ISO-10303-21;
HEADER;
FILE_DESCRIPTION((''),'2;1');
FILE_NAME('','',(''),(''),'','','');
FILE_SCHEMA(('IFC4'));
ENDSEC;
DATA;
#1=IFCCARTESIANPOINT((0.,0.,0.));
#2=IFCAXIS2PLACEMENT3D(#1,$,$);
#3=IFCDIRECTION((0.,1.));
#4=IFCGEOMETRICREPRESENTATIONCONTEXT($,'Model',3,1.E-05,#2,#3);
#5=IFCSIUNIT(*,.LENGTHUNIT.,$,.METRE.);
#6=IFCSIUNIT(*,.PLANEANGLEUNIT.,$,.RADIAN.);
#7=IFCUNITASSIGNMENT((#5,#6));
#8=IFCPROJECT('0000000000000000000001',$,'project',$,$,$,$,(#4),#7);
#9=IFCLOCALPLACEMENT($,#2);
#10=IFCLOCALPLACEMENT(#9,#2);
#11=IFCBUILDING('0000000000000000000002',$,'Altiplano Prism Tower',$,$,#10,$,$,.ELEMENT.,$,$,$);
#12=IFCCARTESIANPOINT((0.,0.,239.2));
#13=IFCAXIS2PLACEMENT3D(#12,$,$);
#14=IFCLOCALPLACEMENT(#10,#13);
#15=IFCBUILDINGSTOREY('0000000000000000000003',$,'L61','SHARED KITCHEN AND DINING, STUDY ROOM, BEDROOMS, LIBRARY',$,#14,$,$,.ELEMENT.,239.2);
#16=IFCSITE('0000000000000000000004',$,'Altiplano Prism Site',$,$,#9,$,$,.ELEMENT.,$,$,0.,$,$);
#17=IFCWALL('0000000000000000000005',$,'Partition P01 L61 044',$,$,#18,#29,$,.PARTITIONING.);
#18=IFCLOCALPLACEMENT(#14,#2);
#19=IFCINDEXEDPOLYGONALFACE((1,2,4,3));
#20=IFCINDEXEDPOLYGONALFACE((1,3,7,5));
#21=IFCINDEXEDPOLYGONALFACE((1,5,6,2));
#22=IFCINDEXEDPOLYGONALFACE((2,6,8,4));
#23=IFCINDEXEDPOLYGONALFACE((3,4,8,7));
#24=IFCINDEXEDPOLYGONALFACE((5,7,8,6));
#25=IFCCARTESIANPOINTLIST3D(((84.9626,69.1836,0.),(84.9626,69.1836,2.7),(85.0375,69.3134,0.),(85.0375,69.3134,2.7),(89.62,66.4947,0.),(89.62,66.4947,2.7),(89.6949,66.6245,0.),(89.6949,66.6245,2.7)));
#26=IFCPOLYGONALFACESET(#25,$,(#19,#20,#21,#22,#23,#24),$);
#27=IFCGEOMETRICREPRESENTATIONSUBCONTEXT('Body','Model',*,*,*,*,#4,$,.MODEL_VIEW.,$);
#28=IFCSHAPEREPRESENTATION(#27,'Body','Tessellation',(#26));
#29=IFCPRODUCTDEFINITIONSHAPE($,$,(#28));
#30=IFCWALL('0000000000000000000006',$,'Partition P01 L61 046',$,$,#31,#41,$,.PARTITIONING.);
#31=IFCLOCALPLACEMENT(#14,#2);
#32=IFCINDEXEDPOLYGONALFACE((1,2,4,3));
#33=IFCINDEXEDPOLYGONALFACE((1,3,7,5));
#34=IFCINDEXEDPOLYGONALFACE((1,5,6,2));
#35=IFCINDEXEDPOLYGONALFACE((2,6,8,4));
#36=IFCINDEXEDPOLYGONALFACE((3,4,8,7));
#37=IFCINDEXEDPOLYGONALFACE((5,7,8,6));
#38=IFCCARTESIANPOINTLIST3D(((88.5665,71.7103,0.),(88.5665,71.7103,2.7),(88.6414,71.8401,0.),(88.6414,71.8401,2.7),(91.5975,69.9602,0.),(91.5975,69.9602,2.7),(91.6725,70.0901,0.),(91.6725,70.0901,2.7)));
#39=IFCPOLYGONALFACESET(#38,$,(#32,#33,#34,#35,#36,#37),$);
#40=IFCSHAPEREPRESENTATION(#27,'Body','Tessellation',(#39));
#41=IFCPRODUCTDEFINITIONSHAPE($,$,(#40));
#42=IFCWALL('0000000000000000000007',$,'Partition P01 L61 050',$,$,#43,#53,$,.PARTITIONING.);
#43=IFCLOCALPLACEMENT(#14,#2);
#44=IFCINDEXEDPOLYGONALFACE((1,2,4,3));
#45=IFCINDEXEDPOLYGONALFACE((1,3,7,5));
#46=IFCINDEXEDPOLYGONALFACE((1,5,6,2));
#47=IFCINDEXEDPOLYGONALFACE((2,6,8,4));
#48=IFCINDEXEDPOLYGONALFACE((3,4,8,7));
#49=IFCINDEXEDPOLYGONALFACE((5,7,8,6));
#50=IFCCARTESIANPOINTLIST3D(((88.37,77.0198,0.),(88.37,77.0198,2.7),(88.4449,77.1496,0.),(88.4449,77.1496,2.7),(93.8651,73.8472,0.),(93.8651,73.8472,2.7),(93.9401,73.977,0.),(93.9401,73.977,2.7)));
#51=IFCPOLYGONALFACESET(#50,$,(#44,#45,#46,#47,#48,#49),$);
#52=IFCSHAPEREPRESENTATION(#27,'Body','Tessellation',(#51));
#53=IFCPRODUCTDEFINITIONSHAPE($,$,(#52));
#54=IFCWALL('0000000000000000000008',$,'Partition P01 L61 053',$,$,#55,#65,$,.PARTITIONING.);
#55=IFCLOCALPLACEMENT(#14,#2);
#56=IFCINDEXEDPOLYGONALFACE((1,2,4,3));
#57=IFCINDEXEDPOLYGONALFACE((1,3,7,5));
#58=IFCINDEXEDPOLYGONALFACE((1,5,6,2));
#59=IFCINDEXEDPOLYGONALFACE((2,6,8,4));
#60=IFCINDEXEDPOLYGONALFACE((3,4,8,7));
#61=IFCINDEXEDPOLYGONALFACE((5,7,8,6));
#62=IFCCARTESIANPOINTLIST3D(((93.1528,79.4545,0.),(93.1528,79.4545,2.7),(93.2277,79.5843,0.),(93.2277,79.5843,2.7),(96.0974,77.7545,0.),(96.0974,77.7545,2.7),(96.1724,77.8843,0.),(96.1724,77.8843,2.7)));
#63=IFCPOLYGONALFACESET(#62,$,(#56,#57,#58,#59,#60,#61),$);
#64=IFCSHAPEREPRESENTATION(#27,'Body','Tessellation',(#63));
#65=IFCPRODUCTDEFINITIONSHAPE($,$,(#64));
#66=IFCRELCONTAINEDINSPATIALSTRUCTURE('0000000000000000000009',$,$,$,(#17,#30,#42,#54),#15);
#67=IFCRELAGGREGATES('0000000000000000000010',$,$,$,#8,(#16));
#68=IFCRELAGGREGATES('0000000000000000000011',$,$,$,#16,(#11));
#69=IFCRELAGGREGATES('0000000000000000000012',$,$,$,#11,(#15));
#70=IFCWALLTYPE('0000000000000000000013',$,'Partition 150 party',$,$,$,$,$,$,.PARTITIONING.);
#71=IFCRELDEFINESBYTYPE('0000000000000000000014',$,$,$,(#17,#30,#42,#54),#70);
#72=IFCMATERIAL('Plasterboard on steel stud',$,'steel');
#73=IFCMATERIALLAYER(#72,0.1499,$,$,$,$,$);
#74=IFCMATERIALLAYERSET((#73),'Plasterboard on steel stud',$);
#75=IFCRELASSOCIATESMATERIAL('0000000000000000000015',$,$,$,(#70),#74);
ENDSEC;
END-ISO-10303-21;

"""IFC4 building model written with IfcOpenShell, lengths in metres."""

from ifc_helpers import new_model, si_unit, direction, frame, frame_2d, origin, place, context, subcontext, project, spatial, rectangle, extrude, material, layer, layer_set, type_object, element, save


model = new_model("IFC4")

# Units and contexts
model_context = context("Model", 3, precision=1e-05, world=origin(), true_north=direction((0.0, 1.0)))
body_context = subcontext(model_context, "Body", "Model", "MODEL_VIEW")
ifc_project = project(units=[si_unit("LENGTHUNIT", "METRE"), si_unit("PLANEANGLEUNIT", "RADIAN")], contexts=[model_context])

# Site, building, storey
site_placement = place(None, origin())
site = spatial("IfcSite", under=ifc_project, at=site_placement, Name="Altiplano Prism Site", CompositionType="ELEMENT", RefElevation=0.0)
building_placement = place(site_placement, origin())
building = spatial("IfcBuilding", under=site, at=building_placement, Name="Altiplano Prism Tower", CompositionType="ELEMENT")
storey_placement = place(building_placement, frame((0.0, 0.0, 239.2)))
storey = spatial("IfcBuildingStorey", under=building, at=storey_placement, Name="L61", Description="SHARED KITCHEN AND DINING, STUDY ROOM, BEDROOMS, LIBRARY", CompositionType="ELEMENT", Elevation=239.2)

# Shared definitions
ifc_material_1 = material(Name="Plasterboard on steel stud", Category="steel")

# Walls
ifc_layer_1 = layer(ifc_material_1, 0.1499)
ifc_layer_set_1 = layer_set([ifc_layer_1], Name="Plasterboard on steel stud")
wall_type_1 = type_object("IfcWallType", Name="Partition 150 party", PredefinedType="PARTITIONING", material=ifc_layer_set_1)
wall_1_placement = place(storey_placement, frame((89.6575, 66.5596, 0.0), z_axis=(0.0, 0.0, 1.0), x_axis=(-0.866028, 0.499996, 0.0)))
element("IfcWall", 1, at=wall_1_placement, inside=storey, type_object=wall_type_1, Name="Partition P01 L61 044", PredefinedType="PARTITIONING", context=body_context, shape_type="SweptSolid", body=[
    extrude(rectangle(XDim=5.3779, YDim=0.1499, at=frame_2d((2.689, 0.0))), origin(), (0.0, 0.0, 1.0), 2.7),
])
wall_2_placement = place(storey_placement, frame((91.635, 70.0251, 0.0), z_axis=(0.0, 0.0, 1.0), x_axis=(-0.866019, 0.50001, 0.0)))
element("IfcWall", 2, at=wall_2_placement, inside=storey, type_object=wall_type_1, Name="Partition P01 L61 046", PredefinedType="PARTITIONING", context=body_context, shape_type="SweptSolid", body=[
    extrude(rectangle(XDim=3.5, YDim=0.1499, at=frame_2d((1.75, 0.0))), origin(), (0.0, 0.0, 1.0), 2.7),
])
wall_3_placement = place(storey_placement, frame((93.9026, 73.9121, 0.0), z_axis=(0.0, 0.0, 1.0), x_axis=(-0.866025, 0.5, 0.0)))
element("IfcWall", 3, at=wall_3_placement, inside=storey, type_object=wall_type_1, Name="Partition P01 L61 050", PredefinedType="PARTITIONING", context=body_context, shape_type="SweptSolid", body=[
    extrude(rectangle(XDim=6.3452, YDim=0.1499, at=frame_2d((3.1726, 0.0))), origin(), (0.0, 0.0, 1.0), 2.7),
])
wall_4_placement = place(storey_placement, frame((96.135, 77.8193, 0.0), z_axis=(0.0, 0.0, 1.0), x_axis=(-0.866039, 0.499977, 0.0)))
element("IfcWall", 4, at=wall_4_placement, inside=storey, type_object=wall_type_1, Name="Partition P01 L61 053", PredefinedType="PARTITIONING", context=body_context, shape_type="SweptSolid", body=[
    extrude(rectangle(XDim=3.4001, YDim=0.1499, at=frame_2d((1.7002, 0.0))), origin(), (0.0, 0.0, 1.0), 2.7),
])

save(model, "model.ifc")
